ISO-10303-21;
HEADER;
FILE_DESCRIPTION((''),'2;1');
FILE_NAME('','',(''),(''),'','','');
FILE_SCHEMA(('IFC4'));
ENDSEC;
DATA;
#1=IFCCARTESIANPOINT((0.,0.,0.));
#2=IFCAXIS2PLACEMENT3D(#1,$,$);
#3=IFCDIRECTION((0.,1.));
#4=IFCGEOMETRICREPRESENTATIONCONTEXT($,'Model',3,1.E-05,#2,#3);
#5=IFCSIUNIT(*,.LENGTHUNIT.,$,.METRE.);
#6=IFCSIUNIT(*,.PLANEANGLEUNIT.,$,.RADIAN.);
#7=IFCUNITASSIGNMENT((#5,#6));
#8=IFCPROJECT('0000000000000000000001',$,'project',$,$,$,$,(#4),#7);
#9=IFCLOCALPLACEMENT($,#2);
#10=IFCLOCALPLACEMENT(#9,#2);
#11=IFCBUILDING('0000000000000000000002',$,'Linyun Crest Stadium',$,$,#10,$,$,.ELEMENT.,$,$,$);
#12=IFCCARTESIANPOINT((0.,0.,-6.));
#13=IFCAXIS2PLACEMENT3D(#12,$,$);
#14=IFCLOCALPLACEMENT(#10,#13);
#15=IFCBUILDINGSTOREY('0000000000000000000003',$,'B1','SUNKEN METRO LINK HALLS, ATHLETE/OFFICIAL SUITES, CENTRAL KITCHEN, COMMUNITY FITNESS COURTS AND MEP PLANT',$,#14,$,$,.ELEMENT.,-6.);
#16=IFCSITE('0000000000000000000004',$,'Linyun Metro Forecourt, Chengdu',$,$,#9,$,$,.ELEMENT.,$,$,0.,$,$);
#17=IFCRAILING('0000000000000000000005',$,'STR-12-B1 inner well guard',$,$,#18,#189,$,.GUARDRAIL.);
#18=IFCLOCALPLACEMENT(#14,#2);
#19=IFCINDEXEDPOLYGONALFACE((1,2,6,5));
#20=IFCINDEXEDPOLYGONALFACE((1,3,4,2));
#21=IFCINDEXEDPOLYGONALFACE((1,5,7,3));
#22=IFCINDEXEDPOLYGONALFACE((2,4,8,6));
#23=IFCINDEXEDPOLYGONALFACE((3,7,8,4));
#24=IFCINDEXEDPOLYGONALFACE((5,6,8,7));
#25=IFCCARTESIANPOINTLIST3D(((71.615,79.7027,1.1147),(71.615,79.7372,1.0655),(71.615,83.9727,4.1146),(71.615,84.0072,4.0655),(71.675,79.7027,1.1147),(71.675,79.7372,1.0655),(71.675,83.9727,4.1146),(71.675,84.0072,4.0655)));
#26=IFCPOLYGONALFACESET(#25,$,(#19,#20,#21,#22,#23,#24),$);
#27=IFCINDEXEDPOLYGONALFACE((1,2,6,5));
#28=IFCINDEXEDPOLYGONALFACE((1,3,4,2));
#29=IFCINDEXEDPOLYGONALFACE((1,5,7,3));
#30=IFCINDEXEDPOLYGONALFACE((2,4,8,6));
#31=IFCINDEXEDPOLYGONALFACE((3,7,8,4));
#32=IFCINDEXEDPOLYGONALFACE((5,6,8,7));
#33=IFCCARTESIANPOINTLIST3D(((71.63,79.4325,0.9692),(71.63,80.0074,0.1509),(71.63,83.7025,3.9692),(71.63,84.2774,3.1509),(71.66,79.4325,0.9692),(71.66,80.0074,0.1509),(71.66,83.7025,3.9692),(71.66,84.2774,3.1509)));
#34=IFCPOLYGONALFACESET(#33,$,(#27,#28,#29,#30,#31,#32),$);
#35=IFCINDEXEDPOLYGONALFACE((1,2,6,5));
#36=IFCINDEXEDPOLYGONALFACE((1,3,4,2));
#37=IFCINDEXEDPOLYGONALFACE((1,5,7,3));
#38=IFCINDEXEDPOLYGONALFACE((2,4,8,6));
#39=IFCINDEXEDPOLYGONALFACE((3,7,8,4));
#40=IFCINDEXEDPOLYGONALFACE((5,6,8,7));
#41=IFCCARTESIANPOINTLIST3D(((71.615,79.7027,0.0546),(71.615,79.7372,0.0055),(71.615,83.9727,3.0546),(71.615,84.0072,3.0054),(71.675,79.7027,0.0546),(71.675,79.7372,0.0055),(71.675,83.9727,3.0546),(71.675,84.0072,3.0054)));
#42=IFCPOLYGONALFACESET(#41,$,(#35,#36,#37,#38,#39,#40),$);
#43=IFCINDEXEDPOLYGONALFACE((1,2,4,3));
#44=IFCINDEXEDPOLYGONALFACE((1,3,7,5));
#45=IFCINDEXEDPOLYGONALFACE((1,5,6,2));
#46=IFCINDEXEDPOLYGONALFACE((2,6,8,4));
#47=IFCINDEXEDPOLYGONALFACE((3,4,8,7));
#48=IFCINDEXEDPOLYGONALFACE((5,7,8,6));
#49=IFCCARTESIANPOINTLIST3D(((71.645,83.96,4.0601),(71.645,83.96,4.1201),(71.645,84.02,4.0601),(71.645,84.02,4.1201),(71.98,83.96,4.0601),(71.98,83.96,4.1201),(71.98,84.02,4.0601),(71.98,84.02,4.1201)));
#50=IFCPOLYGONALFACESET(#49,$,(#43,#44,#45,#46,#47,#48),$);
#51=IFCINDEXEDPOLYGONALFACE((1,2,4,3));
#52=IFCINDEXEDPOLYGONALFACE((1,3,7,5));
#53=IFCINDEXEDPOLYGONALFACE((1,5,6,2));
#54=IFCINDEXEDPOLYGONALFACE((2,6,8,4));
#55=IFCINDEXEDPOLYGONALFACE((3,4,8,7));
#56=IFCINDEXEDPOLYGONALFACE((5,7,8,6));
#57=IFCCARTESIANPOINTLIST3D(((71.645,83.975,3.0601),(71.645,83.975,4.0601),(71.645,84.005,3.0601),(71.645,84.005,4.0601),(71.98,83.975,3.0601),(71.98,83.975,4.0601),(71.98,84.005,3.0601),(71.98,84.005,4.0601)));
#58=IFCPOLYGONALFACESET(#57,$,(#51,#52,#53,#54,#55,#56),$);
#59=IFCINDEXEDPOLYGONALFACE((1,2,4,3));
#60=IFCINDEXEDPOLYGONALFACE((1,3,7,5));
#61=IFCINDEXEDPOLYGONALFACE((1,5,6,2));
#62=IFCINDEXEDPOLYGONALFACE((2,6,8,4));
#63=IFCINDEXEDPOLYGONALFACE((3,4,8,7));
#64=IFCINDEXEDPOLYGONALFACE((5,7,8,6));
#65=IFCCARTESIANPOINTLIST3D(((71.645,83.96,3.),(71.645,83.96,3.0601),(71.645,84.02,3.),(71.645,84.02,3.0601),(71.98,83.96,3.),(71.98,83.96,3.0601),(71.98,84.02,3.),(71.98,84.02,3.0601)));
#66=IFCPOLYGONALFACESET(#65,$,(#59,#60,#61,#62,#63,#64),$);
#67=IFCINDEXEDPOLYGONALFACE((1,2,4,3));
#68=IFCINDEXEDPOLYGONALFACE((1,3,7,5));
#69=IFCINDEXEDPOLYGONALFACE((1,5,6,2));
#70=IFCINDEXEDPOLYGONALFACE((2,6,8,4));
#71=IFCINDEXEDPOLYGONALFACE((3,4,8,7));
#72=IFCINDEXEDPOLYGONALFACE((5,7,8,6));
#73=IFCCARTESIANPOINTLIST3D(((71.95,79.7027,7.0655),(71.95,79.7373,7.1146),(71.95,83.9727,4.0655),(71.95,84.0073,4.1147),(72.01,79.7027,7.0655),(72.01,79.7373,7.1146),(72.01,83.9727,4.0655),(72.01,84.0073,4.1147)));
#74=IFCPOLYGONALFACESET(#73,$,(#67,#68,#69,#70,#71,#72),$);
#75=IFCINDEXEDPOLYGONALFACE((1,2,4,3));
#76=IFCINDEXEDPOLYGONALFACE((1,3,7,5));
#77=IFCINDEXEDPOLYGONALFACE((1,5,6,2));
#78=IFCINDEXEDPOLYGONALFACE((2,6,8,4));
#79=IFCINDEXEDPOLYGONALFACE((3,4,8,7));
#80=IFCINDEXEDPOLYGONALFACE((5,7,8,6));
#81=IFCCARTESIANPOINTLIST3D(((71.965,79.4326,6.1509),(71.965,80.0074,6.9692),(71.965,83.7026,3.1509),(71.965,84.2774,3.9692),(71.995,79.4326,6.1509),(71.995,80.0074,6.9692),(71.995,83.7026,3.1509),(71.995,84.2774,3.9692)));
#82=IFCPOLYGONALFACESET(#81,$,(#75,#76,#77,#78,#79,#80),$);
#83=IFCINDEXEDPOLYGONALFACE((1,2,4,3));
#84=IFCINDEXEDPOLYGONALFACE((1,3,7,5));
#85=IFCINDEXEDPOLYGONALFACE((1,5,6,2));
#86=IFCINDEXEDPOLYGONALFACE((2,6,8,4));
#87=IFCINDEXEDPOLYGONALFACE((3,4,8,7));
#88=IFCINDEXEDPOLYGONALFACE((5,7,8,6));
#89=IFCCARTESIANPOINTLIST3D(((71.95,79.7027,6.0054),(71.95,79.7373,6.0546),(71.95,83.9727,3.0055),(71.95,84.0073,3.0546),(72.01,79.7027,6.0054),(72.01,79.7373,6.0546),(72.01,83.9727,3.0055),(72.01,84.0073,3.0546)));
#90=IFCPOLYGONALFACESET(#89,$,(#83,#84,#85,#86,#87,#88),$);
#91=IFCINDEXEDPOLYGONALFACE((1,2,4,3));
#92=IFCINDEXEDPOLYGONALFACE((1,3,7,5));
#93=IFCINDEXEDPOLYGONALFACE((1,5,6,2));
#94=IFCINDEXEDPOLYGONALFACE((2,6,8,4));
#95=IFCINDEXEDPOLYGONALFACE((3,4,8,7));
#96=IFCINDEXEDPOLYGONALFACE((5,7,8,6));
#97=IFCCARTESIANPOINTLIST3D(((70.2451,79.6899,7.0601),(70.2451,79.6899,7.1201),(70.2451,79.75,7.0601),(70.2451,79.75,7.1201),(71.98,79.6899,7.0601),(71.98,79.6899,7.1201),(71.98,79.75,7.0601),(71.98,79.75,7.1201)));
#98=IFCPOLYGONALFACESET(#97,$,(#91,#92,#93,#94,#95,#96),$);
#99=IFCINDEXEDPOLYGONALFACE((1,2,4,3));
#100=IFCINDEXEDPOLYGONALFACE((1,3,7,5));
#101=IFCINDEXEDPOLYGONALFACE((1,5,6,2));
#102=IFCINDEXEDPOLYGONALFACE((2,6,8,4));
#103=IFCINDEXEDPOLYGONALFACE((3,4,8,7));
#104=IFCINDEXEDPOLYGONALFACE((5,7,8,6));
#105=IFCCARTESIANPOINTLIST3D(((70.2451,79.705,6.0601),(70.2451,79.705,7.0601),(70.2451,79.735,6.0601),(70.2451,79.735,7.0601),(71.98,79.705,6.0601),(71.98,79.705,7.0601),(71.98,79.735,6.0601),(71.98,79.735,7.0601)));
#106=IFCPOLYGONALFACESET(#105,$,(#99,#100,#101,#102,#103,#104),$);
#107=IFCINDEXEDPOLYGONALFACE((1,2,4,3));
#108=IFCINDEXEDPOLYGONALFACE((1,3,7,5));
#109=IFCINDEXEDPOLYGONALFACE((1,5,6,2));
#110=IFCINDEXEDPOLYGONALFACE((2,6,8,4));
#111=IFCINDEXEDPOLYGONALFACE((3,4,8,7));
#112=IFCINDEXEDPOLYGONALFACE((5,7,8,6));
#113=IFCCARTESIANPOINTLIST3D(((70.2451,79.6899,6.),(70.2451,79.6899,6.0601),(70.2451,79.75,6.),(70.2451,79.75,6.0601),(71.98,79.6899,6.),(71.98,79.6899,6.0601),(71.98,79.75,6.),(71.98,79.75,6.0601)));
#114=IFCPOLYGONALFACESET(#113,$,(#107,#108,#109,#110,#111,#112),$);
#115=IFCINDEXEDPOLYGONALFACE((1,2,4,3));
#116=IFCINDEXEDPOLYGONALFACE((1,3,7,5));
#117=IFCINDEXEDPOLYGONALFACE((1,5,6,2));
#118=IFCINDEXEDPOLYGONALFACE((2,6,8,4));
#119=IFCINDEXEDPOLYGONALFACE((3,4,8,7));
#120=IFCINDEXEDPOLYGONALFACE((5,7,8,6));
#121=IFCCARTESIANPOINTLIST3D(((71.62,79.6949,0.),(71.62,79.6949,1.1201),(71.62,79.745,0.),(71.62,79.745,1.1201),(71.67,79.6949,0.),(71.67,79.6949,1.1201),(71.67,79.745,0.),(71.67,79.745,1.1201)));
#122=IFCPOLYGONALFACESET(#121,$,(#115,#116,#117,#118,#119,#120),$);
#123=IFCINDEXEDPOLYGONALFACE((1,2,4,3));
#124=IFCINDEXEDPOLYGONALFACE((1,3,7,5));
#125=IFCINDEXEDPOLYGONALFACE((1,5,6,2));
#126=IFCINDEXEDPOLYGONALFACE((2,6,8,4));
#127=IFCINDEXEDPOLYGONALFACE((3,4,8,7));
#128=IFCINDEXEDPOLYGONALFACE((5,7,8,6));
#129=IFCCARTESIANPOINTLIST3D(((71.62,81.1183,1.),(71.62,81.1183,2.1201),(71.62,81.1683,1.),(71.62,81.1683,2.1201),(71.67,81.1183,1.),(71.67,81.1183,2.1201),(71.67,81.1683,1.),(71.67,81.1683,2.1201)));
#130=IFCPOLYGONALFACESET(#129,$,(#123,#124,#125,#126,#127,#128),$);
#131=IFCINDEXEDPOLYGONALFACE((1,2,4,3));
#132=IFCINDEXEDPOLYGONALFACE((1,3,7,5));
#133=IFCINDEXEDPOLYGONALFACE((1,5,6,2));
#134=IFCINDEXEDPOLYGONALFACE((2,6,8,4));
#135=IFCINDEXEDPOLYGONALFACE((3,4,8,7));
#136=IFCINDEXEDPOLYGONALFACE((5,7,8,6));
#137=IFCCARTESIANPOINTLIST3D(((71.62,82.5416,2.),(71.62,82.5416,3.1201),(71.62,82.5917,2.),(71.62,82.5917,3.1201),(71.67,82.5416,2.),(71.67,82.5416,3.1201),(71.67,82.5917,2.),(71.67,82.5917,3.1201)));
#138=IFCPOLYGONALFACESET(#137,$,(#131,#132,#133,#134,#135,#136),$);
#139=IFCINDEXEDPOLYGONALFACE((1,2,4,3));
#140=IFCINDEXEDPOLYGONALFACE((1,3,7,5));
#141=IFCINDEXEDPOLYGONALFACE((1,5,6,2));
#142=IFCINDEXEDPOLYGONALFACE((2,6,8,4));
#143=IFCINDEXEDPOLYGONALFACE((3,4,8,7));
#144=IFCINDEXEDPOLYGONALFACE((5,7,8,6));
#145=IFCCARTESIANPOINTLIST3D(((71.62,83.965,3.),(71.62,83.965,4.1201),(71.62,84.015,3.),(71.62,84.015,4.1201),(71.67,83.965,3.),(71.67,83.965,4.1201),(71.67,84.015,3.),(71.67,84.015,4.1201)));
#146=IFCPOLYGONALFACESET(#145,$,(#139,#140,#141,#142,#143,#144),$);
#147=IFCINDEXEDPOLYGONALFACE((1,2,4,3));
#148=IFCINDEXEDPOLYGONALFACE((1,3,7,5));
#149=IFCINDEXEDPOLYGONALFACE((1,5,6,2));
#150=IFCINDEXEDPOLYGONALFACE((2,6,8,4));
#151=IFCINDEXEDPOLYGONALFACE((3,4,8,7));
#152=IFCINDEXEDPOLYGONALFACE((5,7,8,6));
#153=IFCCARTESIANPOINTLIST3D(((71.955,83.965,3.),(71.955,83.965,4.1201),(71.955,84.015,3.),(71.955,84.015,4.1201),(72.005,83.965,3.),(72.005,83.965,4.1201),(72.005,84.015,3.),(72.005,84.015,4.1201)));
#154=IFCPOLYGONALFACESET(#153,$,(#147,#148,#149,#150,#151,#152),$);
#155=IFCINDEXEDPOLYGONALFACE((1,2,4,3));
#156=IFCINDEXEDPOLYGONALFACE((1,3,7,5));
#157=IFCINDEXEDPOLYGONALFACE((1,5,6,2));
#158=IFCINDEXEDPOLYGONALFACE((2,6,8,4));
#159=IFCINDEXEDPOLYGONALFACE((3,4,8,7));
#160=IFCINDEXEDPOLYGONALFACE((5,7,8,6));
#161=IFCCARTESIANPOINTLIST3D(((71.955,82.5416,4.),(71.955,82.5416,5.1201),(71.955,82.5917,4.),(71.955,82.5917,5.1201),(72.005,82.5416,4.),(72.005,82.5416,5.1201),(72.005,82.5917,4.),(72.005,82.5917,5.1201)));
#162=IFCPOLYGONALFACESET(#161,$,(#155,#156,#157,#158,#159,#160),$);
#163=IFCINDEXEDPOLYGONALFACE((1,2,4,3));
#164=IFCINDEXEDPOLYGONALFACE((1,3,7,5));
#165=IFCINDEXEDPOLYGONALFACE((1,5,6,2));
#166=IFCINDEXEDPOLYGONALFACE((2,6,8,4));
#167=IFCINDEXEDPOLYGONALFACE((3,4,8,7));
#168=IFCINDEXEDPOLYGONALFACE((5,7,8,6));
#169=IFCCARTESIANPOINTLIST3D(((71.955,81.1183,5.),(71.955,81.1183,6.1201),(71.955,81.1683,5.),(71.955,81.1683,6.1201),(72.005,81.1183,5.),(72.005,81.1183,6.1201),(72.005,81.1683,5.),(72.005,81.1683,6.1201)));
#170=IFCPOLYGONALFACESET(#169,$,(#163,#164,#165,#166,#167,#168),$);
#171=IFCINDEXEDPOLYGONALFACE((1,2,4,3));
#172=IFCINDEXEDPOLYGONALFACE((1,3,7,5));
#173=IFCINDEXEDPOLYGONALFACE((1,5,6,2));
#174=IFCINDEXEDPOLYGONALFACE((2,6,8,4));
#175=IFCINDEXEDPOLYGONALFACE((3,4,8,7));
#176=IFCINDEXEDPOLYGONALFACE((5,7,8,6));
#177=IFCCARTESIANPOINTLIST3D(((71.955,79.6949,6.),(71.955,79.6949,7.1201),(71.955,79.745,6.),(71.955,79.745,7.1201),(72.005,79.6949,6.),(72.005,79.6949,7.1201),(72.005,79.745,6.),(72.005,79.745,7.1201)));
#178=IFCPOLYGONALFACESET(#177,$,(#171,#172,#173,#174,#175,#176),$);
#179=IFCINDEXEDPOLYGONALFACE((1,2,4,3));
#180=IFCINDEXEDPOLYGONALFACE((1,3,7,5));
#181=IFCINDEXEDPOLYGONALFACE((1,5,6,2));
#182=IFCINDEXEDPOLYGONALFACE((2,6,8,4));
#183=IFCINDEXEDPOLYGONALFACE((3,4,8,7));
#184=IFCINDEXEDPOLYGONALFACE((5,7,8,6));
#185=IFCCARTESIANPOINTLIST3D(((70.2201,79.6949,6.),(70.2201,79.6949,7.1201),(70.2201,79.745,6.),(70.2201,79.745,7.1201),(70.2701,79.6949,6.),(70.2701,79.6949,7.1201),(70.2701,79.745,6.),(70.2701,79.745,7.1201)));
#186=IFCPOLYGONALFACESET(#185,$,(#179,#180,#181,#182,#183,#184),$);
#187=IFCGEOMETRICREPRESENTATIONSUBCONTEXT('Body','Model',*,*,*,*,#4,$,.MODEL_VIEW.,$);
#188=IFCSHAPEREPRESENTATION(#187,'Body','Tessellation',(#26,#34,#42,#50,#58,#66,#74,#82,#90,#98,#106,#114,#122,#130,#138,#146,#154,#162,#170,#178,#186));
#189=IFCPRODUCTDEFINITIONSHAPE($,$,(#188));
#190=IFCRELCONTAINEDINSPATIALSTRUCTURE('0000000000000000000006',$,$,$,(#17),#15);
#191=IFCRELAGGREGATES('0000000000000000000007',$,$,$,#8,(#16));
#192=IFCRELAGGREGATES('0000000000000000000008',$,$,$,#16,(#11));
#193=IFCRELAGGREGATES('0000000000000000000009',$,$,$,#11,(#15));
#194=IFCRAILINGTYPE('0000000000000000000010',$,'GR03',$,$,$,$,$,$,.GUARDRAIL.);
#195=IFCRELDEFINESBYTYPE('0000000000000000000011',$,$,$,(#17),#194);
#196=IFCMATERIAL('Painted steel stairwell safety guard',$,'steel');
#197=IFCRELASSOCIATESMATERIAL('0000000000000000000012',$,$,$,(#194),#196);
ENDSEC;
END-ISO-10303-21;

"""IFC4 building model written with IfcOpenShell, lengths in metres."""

from ifc_helpers import new_model, si_unit, direction, frame, origin, origin_2d, place, context, subcontext, project, spatial, rectangle, extrude, material, type_object, element, save


model = new_model("IFC4")

# Units and contexts
model_context = context("Model", 3, precision=1e-05, world=origin(), true_north=direction((0.0, 1.0)))
body_context = subcontext(model_context, "Body", "Model", "MODEL_VIEW")
ifc_project = project(units=[si_unit("LENGTHUNIT", "METRE"), si_unit("PLANEANGLEUNIT", "RADIAN")], contexts=[model_context])

# Site, building, storey
site_placement = place(None, origin())
site = spatial("IfcSite", under=ifc_project, at=site_placement, Name="Linyun Metro Forecourt, Chengdu", CompositionType="ELEMENT", RefElevation=0.0)
building_placement = place(site_placement, origin())
building = spatial("IfcBuilding", under=site, at=building_placement, Name="Linyun Crest Stadium", CompositionType="ELEMENT")
storey_placement = place(building_placement, frame((0.0, 0.0, -6.0)))
storey = spatial("IfcBuildingStorey", under=building, at=storey_placement, Name="B1", Description="SUNKEN METRO LINK HALLS, ATHLETE/OFFICIAL SUITES, CENTRAL KITCHEN, COMMUNITY FITNESS COURTS AND MEP PLANT", CompositionType="ELEMENT", Elevation=-6.0)

# Railing
ifc_material_1 = material(Name="Painted steel stairwell safety guard", Category="steel")
railing_type = type_object("IfcRailingType", Name="GR03", PredefinedType="GUARDRAIL", material=ifc_material_1)
railing_placement = place(storey_placement, frame((71.645, 79.72, 0.0)))
element("IfcRailing", 1, at=railing_placement, inside=storey, type_object=railing_type, Name="STR-12-B1 inner well guard", PredefinedType="GUARDRAIL", context=body_context, shape_type="SweptSolid", body=[
    extrude(rectangle(XDim=0.0601, YDim=0.0601, at=origin_2d()), frame((0.0, 0.0, 1.0901), z_axis=(0.0, 0.818242, 0.574874), x_axis=(-1.0, 0.0, 0.0)), (0.0, 0.0, 1.0), 5.2185),
    extrude(rectangle(XDim=0.03, YDim=1.0, at=origin_2d()), frame((0.0, 0.0, 0.5601), z_axis=(0.0, 0.818242, 0.574874), x_axis=(-1.0, 0.0, 0.0)), (0.0, 0.0, 1.0), 5.2185),
    extrude(rectangle(XDim=0.0601, YDim=0.0601, at=origin_2d()), frame((0.0, 0.0, 0.03), z_axis=(0.0, 0.818242, 0.574874), x_axis=(-1.0, 0.0, 0.0)), (0.0, 0.0, 1.0), 5.2185),
    extrude(rectangle(XDim=0.0601, YDim=0.0601, at=origin_2d()), frame((0.0, 4.27, 4.0901), z_axis=(1.0, 0.0, 0.0), x_axis=(0.0, 1.0, 0.0)), (0.0, 0.0, 1.0), 0.335),
    extrude(rectangle(XDim=0.03, YDim=1.0, at=origin_2d()), frame((0.0, 4.27, 3.5601), z_axis=(1.0, 0.0, 0.0), x_axis=(0.0, 1.0, 0.0)), (0.0, 0.0, 1.0), 0.335),
    extrude(rectangle(XDim=0.0601, YDim=0.0601, at=origin_2d()), frame((0.0, 4.27, 3.03), z_axis=(1.0, 0.0, 0.0), x_axis=(0.0, 1.0, 0.0)), (0.0, 0.0, 1.0), 0.335),
    extrude(rectangle(XDim=0.0601, YDim=0.0601, at=origin_2d()), frame((0.335, 4.27, 4.0901), z_axis=(0.0, -0.818242, 0.574874), x_axis=(1.0, 0.0, 0.0)), (0.0, 0.0, 1.0), 5.2185),
    extrude(rectangle(XDim=0.03, YDim=1.0, at=origin_2d()), frame((0.335, 4.27, 3.5601), z_axis=(0.0, -0.818242, 0.574874), x_axis=(1.0, 0.0, 0.0)), (0.0, 0.0, 1.0), 5.2185),
    extrude(rectangle(XDim=0.0601, YDim=0.0601, at=origin_2d()), frame((0.335, 4.27, 3.03), z_axis=(0.0, -0.818242, 0.574874), x_axis=(1.0, 0.0, 0.0)), (0.0, 0.0, 1.0), 5.2185),
    extrude(rectangle(XDim=0.0601, YDim=0.0601, at=origin_2d()), frame((0.335, 0.0, 7.0901), z_axis=(-1.0, 0.0, 0.0), x_axis=(0.0, -1.0, 0.0)), (0.0, 0.0, 1.0), 1.7349),
    extrude(rectangle(XDim=0.03, YDim=1.0, at=origin_2d()), frame((0.335, 0.0, 6.5601), z_axis=(-1.0, 0.0, 0.0), x_axis=(0.0, -1.0, 0.0)), (0.0, 0.0, 1.0), 1.7349),
    extrude(rectangle(XDim=0.0601, YDim=0.0601, at=origin_2d()), frame((0.335, 0.0, 6.03), z_axis=(-1.0, 0.0, 0.0), x_axis=(0.0, -1.0, 0.0)), (0.0, 0.0, 1.0), 1.7349),
    extrude(rectangle(XDim=0.05, YDim=0.05, at=origin_2d()), origin(), (0.0, 0.0, 1.0), 1.1201),
    extrude(rectangle(XDim=0.05, YDim=0.05, at=origin_2d()), frame((0.0, 1.4233, 1.0)), (0.0, 0.0, 1.0), 1.1201),
    extrude(rectangle(XDim=0.05, YDim=0.05, at=origin_2d()), frame((0.0, 2.8467, 2.0)), (0.0, 0.0, 1.0), 1.1201),
    extrude(rectangle(XDim=0.05, YDim=0.05, at=origin_2d()), frame((0.0, 4.27, 3.0)), (0.0, 0.0, 1.0), 1.1201),
    extrude(rectangle(XDim=0.05, YDim=0.05, at=origin_2d()), frame((0.335, 4.27, 3.0)), (0.0, 0.0, 1.0), 1.1201),
    extrude(rectangle(XDim=0.05, YDim=0.05, at=origin_2d()), frame((0.335, 2.8467, 4.0)), (0.0, 0.0, 1.0), 1.1201),
    extrude(rectangle(XDim=0.05, YDim=0.05, at=origin_2d()), frame((0.335, 1.4233, 5.0)), (0.0, 0.0, 1.0), 1.1201),
    extrude(rectangle(XDim=0.05, YDim=0.05, at=origin_2d()), frame((0.335, 0.0, 6.0)), (0.0, 0.0, 1.0), 1.1201),
    extrude(rectangle(XDim=0.05, YDim=0.05, at=origin_2d()), frame((-1.3999, 0.0, 6.0)), (0.0, 0.0, 1.0), 1.1201),
])

save(model, "model.ifc")
